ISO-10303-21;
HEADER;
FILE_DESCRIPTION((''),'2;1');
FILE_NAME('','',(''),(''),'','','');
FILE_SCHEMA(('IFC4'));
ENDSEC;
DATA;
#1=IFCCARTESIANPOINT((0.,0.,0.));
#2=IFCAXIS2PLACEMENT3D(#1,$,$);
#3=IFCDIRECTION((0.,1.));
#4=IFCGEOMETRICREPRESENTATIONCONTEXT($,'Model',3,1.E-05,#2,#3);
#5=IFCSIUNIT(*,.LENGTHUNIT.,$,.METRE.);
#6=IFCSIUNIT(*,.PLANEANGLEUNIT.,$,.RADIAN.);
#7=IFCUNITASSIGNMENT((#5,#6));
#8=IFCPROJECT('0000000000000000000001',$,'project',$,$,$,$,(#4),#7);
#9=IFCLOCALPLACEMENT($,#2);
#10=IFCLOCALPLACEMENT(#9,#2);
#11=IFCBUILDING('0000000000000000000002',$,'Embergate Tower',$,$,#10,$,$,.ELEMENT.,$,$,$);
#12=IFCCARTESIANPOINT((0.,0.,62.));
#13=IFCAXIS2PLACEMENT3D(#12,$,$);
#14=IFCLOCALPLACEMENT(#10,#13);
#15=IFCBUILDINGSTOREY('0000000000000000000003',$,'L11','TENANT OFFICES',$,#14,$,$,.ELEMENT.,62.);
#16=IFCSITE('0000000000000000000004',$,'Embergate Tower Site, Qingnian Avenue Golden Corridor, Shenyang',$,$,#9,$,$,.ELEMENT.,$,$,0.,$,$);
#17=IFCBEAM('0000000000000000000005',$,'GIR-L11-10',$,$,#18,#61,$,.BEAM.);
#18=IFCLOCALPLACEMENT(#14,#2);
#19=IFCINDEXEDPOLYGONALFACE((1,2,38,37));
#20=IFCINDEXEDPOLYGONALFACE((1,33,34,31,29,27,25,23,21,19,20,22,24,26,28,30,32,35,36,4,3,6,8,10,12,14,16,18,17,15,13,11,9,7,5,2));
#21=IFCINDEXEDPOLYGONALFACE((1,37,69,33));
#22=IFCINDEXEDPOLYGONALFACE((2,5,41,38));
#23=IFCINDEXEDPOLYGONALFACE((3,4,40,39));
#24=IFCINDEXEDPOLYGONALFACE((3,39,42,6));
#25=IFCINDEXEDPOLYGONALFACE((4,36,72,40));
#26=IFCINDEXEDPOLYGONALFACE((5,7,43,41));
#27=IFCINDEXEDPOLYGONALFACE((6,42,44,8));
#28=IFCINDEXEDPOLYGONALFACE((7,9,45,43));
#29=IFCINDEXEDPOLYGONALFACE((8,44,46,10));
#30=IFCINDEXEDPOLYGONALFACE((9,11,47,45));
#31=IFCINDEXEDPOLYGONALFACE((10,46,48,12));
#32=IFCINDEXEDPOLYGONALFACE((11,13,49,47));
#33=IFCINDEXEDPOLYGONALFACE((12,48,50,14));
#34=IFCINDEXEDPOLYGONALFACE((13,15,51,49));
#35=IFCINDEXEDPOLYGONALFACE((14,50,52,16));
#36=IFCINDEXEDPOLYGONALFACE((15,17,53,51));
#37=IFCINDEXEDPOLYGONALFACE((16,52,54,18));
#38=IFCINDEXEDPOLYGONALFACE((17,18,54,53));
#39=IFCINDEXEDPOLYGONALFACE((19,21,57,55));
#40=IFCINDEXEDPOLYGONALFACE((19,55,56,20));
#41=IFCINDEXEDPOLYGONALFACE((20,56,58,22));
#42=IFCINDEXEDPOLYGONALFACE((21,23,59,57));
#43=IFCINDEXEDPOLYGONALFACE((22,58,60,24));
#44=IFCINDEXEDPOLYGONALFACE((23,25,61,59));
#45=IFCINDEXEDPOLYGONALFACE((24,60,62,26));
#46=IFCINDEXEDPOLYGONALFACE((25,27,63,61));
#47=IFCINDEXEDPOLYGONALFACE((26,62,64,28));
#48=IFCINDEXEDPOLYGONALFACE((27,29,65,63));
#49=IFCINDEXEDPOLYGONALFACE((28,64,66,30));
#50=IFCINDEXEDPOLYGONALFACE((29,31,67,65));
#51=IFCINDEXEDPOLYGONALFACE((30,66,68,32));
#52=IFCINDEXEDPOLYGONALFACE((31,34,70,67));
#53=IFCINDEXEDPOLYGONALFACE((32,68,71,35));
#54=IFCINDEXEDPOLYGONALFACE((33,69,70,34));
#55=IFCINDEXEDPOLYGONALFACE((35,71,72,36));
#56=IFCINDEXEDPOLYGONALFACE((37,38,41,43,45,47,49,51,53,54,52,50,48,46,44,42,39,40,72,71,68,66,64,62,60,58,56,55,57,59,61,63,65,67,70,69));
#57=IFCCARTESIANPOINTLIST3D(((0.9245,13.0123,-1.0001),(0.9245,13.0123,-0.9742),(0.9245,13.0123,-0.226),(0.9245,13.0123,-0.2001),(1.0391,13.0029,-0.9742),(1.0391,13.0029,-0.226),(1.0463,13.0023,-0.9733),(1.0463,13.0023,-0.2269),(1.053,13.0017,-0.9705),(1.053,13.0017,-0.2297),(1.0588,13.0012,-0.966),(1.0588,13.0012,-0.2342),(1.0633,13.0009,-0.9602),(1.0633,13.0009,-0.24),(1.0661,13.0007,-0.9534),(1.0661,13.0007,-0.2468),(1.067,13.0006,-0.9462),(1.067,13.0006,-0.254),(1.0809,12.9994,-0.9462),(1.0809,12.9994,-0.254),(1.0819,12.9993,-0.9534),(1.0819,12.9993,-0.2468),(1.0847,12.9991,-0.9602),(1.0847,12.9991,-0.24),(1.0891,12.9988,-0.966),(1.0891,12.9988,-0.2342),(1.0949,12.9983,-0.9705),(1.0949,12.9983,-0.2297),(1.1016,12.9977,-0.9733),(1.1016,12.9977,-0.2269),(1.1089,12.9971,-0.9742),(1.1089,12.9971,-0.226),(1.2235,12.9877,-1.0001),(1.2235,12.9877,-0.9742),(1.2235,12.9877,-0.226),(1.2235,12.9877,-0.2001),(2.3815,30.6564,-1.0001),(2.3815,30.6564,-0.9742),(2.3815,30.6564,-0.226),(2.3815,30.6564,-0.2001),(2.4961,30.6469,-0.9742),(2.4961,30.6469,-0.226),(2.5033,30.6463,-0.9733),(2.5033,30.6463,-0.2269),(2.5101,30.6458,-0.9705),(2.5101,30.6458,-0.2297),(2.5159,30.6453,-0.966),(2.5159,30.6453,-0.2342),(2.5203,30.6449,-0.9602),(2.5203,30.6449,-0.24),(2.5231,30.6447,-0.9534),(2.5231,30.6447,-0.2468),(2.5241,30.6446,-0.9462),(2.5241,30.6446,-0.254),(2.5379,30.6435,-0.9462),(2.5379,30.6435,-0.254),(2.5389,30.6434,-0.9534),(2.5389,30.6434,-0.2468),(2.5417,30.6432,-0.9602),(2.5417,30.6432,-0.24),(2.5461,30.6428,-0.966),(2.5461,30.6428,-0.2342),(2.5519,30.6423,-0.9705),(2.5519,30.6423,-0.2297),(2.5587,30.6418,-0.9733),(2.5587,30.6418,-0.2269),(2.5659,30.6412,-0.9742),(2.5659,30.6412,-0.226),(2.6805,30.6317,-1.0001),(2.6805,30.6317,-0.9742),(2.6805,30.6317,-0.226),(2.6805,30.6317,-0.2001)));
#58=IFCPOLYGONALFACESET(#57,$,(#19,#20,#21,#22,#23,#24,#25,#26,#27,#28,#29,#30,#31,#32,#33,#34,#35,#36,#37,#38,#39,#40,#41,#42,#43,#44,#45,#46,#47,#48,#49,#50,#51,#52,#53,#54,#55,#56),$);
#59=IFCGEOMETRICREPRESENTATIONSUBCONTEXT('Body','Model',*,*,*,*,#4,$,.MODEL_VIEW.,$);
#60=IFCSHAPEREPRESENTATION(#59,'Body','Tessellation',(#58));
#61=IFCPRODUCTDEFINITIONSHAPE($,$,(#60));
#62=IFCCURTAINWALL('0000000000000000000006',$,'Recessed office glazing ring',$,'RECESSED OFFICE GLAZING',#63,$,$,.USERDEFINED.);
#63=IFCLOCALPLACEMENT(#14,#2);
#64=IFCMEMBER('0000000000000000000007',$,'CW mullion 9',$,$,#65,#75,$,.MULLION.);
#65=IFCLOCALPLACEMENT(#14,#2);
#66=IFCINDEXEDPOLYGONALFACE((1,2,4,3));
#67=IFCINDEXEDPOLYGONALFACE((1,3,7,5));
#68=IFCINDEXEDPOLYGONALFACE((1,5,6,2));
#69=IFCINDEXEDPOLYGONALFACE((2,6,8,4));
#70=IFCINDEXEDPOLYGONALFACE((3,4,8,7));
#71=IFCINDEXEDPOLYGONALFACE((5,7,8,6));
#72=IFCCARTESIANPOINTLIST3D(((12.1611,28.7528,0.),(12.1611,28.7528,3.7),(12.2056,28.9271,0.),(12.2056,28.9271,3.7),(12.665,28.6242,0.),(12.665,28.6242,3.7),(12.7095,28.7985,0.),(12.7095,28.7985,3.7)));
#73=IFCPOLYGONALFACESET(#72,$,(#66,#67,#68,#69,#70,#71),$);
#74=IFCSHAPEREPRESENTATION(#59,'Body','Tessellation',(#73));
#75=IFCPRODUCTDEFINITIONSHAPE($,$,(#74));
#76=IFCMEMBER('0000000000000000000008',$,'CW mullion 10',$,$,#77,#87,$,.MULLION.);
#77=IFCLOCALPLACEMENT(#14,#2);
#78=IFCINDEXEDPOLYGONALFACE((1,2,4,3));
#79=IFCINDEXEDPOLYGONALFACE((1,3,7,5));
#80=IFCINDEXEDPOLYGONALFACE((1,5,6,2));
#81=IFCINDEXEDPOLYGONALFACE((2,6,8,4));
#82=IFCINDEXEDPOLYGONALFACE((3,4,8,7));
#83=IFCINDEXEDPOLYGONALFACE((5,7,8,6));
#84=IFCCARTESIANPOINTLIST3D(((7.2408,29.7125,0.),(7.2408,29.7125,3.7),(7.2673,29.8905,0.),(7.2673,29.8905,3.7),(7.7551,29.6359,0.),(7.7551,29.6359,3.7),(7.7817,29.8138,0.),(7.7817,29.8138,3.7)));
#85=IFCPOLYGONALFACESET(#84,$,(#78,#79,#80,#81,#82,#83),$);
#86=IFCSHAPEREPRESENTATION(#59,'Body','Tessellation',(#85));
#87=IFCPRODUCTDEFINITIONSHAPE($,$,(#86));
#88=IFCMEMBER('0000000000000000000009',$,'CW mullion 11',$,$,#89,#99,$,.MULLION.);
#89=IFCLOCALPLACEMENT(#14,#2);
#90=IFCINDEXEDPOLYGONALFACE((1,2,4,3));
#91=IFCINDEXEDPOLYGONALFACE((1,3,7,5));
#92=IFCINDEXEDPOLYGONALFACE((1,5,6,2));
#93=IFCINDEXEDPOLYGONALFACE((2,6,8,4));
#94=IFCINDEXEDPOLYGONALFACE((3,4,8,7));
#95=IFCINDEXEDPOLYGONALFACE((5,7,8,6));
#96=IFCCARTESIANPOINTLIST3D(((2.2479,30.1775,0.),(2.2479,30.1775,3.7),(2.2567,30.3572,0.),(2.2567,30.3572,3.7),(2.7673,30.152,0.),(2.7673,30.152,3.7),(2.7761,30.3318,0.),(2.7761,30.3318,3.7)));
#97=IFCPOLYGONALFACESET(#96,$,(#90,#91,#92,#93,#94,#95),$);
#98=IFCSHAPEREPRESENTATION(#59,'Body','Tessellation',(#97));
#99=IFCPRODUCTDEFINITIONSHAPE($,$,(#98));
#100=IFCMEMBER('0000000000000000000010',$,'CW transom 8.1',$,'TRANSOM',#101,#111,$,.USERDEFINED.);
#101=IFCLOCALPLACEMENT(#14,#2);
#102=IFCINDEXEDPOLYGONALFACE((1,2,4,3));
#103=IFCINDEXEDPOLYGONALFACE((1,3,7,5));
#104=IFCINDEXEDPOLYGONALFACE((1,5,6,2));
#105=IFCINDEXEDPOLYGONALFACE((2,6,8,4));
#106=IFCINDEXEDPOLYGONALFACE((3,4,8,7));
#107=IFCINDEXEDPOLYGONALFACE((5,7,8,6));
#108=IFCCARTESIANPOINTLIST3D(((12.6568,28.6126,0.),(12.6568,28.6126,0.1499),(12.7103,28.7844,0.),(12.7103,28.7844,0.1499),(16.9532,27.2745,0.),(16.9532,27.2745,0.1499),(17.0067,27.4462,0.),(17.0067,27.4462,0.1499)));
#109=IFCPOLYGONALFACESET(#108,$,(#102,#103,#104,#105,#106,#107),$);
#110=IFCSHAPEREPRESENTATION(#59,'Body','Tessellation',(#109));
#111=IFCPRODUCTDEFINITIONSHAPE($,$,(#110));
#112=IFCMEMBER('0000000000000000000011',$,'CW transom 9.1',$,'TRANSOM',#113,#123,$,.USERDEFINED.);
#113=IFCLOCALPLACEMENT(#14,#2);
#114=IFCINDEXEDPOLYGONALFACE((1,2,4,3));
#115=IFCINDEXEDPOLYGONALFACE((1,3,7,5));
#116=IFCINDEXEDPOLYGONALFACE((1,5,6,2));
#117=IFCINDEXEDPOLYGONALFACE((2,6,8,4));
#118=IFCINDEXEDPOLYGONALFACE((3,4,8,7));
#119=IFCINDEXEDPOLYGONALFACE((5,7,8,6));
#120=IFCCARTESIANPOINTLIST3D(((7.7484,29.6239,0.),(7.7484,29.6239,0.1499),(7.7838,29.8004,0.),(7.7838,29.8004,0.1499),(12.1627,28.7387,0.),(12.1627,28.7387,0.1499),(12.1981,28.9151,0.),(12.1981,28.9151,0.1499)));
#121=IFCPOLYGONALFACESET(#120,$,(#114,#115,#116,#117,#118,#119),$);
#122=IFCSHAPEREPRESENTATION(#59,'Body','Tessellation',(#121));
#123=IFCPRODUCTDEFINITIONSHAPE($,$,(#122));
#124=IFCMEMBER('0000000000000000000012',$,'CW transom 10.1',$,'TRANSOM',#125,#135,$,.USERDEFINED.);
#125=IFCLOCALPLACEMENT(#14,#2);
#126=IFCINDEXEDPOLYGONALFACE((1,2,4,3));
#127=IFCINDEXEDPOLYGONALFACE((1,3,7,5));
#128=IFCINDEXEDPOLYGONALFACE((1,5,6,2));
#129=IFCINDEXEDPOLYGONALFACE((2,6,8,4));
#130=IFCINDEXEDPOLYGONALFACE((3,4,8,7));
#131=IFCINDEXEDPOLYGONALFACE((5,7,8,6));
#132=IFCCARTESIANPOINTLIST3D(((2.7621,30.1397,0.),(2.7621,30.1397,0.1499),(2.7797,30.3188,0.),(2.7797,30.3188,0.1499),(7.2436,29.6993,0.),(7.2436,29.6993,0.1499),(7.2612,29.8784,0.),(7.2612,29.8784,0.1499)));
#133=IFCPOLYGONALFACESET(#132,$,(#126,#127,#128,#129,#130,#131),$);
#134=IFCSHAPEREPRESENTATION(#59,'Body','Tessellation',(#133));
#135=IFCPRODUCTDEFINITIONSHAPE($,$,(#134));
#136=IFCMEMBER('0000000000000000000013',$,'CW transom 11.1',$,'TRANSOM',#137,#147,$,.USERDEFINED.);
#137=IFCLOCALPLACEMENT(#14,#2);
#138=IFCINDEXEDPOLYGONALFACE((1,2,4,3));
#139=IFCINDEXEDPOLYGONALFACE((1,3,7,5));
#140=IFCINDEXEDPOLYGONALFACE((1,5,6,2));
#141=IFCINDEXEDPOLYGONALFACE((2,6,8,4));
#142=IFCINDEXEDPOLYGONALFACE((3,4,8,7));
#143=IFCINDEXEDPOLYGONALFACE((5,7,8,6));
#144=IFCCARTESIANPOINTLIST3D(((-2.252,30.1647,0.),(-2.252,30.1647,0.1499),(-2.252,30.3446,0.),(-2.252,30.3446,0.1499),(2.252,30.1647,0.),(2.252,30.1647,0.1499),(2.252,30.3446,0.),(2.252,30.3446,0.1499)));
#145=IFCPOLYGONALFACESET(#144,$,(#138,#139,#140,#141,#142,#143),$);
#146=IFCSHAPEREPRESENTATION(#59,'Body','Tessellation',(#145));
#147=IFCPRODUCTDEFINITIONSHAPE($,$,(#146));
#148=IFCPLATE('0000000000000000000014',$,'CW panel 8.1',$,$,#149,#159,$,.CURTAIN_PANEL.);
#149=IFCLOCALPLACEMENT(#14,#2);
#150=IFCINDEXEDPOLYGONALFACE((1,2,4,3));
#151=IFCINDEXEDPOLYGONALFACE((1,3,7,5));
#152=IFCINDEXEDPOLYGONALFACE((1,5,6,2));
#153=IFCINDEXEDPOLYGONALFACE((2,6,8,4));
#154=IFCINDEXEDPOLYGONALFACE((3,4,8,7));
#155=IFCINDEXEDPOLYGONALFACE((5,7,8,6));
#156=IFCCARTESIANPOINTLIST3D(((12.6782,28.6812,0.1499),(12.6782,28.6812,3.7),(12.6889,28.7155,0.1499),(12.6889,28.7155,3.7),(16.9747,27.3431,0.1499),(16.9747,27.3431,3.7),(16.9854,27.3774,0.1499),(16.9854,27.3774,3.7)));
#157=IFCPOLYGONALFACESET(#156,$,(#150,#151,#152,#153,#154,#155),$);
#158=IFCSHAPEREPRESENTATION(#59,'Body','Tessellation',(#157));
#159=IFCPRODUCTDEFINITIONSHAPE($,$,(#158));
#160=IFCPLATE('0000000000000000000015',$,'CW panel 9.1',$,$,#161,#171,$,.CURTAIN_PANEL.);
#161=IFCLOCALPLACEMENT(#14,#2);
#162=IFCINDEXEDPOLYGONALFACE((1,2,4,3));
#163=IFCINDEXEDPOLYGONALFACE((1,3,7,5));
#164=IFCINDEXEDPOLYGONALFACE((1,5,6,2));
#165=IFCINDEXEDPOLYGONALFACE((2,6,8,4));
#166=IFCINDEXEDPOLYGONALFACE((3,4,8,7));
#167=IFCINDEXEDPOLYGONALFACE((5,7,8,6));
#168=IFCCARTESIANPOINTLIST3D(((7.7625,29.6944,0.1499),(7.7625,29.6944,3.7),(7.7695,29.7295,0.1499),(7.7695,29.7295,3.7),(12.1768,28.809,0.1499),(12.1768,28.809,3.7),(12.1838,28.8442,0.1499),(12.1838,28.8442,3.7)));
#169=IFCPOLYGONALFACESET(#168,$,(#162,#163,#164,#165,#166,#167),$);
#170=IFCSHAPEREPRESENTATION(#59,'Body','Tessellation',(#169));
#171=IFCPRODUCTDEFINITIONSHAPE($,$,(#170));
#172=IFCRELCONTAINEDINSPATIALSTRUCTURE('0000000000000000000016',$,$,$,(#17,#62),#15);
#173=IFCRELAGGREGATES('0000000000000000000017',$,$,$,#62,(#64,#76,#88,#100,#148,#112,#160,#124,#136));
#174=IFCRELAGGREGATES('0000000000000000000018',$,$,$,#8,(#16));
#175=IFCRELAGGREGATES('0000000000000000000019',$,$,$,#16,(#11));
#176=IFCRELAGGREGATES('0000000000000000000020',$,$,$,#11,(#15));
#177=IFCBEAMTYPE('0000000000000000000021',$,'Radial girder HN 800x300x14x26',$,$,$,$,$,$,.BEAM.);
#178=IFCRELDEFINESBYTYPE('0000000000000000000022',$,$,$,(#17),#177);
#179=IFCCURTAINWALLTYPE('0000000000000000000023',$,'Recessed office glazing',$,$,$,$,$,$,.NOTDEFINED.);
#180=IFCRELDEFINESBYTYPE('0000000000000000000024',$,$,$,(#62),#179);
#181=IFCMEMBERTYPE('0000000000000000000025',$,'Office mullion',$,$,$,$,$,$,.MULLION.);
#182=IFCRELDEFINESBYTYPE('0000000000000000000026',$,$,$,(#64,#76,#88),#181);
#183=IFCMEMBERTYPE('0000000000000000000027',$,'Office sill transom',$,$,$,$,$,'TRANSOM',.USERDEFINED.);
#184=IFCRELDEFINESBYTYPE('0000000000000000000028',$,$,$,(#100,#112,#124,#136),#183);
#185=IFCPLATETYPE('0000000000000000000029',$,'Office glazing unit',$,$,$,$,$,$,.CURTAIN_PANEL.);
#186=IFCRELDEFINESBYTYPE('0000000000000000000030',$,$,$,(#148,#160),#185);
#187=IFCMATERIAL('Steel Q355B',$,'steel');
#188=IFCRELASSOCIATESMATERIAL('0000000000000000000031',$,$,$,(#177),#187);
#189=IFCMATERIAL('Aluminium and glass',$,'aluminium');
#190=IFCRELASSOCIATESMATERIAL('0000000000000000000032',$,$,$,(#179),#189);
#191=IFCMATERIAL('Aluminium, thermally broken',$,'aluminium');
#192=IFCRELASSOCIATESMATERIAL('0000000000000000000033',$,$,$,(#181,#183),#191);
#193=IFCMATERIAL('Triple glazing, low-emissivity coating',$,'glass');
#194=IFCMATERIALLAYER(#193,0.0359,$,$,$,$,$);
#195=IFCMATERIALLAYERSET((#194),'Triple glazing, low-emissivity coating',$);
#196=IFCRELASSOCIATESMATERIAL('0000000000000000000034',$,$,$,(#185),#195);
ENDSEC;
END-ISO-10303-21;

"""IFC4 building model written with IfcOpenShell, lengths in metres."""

from ifc_helpers import new_model, si_unit, direction, frame, origin, origin_2d, place, context, subcontext, project, spatial, rectangle, i_section, extrude, source, transform, mapped, material, layer, layer_set, material_profile, profile_set, type_object, element, aggregate, save


model = new_model("IFC4")

# Units and contexts
model_context = context("Model", 3, precision=1e-05, world=origin(), true_north=direction((0.0, 1.0)))
body_context = subcontext(model_context, "Body", "Model", "MODEL_VIEW")
ifc_project = project(units=[si_unit("LENGTHUNIT", "METRE"), si_unit("PLANEANGLEUNIT", "RADIAN")], contexts=[model_context])

# Site, building, storey
site_placement = place(None, origin())
site = spatial("IfcSite", under=ifc_project, at=site_placement, Name="Embergate Tower Site, Qingnian Avenue Golden Corridor, Shenyang", CompositionType="ELEMENT", RefElevation=0.0)
building_placement = place(site_placement, origin())
building = spatial("IfcBuilding", under=site, at=building_placement, Name="Embergate Tower", CompositionType="ELEMENT")
storey_placement = place(building_placement, frame((0.0, 0.0, 62.0)))
storey = spatial("IfcBuildingStorey", under=building, at=storey_placement, Name="L11", Description="TENANT OFFICES", CompositionType="ELEMENT", Elevation=62.0)

# Beam
ifc_material_1 = material(Name="Steel Q355B", Category="steel")
ifc_material_profile_1 = material_profile(ifc_material_1, i_section(OverallWidth=0.3, OverallDepth=0.8, WebThickness=0.0139, FlangeThickness=0.0259, FilletRadius=0.0281, at=origin_2d()), Name="HN 800x300x14x26")
ifc_profile_set_1 = profile_set([ifc_material_profile_1], Name="Steel Q355 grade B")
beam_type_1 = type_object("IfcBeamType", Name="Radial girder HN 800x300x14x26", PredefinedType="BEAM", material=ifc_profile_set_1)
shared_shape_1 = source(origin(), body_context, "Body", "SweptSolid", [
    extrude(i_section(OverallWidth=0.3, OverallDepth=0.8, WebThickness=0.0139, FlangeThickness=0.0259, FilletRadius=0.0281, at=origin_2d()), origin(), (0.0, 0.0, 1.0), 17.7041),
])
beam_1_placement = place(storey_placement, frame((2.531, 30.644, -0.6001), z_axis=(-0.082299, -0.996608, 0.0), x_axis=(0.996608, -0.082299, 0.0)))
element("IfcBeam", 1, at=beam_1_placement, inside=storey, type_object=beam_type_1, Name="GIR-L11-10", PredefinedType="BEAM", context=body_context, shape_type="MappedRepresentation", body=[
    mapped(shared_shape_1, transform((0.0, 0.0, 0.0))),
])

# Curtain wall, members, plates
ifc_material_2 = material(Name="Aluminium and glass", Category="aluminium")
curtain_wall_type = type_object("IfcCurtainWallType", Name="Recessed office glazing", PredefinedType="NOTDEFINED", material=ifc_material_2)
curtain_wall_placement = place(storey_placement, origin())
curtain_wall = element("IfcCurtainWall", 2, at=curtain_wall_placement, inside=storey, type_object=curtain_wall_type, Name="Recessed office glazing ring", ObjectType="RECESSED OFFICE GLAZING", PredefinedType="USERDEFINED")
ifc_material_3 = material(Name="Aluminium, thermally broken", Category="aluminium")
ifc_material_profile_2 = material_profile(ifc_material_3, rectangle(XDim=0.1799, YDim=0.52, at=origin_2d()), Name="AL 520x180")
ifc_profile_set_2 = profile_set([ifc_material_profile_2], Name="Aluminium, thermally broken")
member_type_1 = type_object("IfcMemberType", Name="Office mullion", PredefinedType="MULLION", material=ifc_profile_set_2)
shared_shape_2 = source(origin(), body_context, "Body", "SweptSolid", [
    extrude(rectangle(XDim=0.1799, YDim=0.52, at=origin_2d()), origin(), (0.0, 0.0, 1.0), 3.7),
])
member_1_placement = place(storey_placement, frame((12.4353, 28.7756, 0.0), z_axis=(0.0, 0.0, 1.0), x_axis=(-0.247319, -0.968934, 0.0)))
member_1 = element("IfcMember", 3, at=member_1_placement, type_object=member_type_1, Name="CW mullion 9", PredefinedType="MULLION", context=body_context, shape_type="MappedRepresentation", body=[
    mapped(shared_shape_2, transform((0.0, 0.0, 0.0))),
])
member_2_placement = place(storey_placement, frame((7.5112, 29.7632, 0.0), z_axis=(0.0, 0.0, 1.0), x_axis=(-0.147416, -0.989075, 0.0)))
member_2 = element("IfcMember", 4, at=member_2_placement, type_object=member_type_1, Name="CW mullion 10", PredefinedType="MULLION", context=body_context, shape_type="MappedRepresentation", body=[
    mapped(shared_shape_2, transform((0.0, 0.0, 0.0))),
])
member_3_placement = place(storey_placement, frame((2.512, 30.2546, 0.0), z_axis=(0.0, 0.0, 1.0), x_axis=(-0.048972, -0.9988, 0.0)))
member_3 = element("IfcMember", 5, at=member_3_placement, type_object=member_type_1, Name="CW mullion 11", PredefinedType="MULLION", context=body_context, shape_type="MappedRepresentation", body=[
    mapped(shared_shape_2, transform((0.0, 0.0, 0.0))),
])
ifc_material_profile_3 = material_profile(ifc_material_3, rectangle(XDim=0.1799, YDim=0.1499, at=origin_2d()), Name="AL 150x180")
ifc_profile_set_3 = profile_set([ifc_material_profile_3], Name="Aluminium, thermally broken")
member_type_2 = type_object("IfcMemberType", Name="Office sill transom", ElementType="TRANSOM", PredefinedType="USERDEFINED", material=ifc_profile_set_3)
shared_shape_3 = source(origin(), body_context, "Body", "SweptSolid", [
    extrude(rectangle(XDim=0.1799, YDim=0.1499, at=origin_2d()), origin(), (0.0, 0.0, 1.0), 4.5),
])
member_4_placement = place(storey_placement, frame((16.98, 27.3604, 0.075), z_axis=(-0.954763, 0.297367, 0.0), x_axis=(-0.297367, -0.954763, 0.0)))
member_4 = element("IfcMember", 6, at=member_4_placement, type_object=member_type_2, Name="CW transom 8.1", ObjectType="TRANSOM", PredefinedType="USERDEFINED", context=body_context, shape_type="MappedRepresentation", body=[
    mapped(shared_shape_3, transform((0.0, 0.0, 0.0))),
])
shared_shape_4 = source(origin(), body_context, "Body", "SweptSolid", [
    extrude(rectangle(XDim=0.1799, YDim=0.1499, at=origin_2d()), origin(), (0.0, 0.0, 1.0), 4.5022),
])
member_5_placement = place(storey_placement, frame((12.1804, 28.8269, 0.075), z_axis=(-0.980478, 0.196627, 0.0), x_axis=(-0.196627, -0.980478, 0.0)))
member_5 = element("IfcMember", 7, at=member_5_placement, type_object=member_type_2, Name="CW transom 9.1", ObjectType="TRANSOM", PredefinedType="USERDEFINED", context=body_context, shape_type="MappedRepresentation", body=[
    mapped(shared_shape_4, transform((0.0, 0.0, 0.0))),
])
shared_shape_5 = source(origin(), body_context, "Body", "SweptSolid", [
    extrude(rectangle(XDim=0.1799, YDim=0.1499, at=origin_2d()), origin(), (0.0, 0.0, 1.0), 4.5032),
])
member_6_placement = place(storey_placement, frame((7.2524, 29.7888, 0.075), z_axis=(-0.995206, 0.097802, 0.0), x_axis=(-0.097802, -0.995206, 0.0)))
member_6 = element("IfcMember", 8, at=member_6_placement, type_object=member_type_2, Name="CW transom 10.1", ObjectType="TRANSOM", PredefinedType="USERDEFINED", context=body_context, shape_type="MappedRepresentation", body=[
    mapped(shared_shape_5, transform((0.0, 0.0, 0.0))),
])
shared_shape_6 = source(origin(), body_context, "Body", "SweptSolid", [
    extrude(rectangle(XDim=0.1799, YDim=0.1499, at=origin_2d()), origin(), (0.0, 0.0, 1.0), 4.5039),
])
member_7_placement = place(storey_placement, frame((2.252, 30.2546, 0.075), z_axis=(-1.0, 0.0, 0.0), x_axis=(0.0, -1.0, 0.0)))
member_7 = element("IfcMember", 9, at=member_7_placement, type_object=member_type_2, Name="CW transom 11.1", ObjectType="TRANSOM", PredefinedType="USERDEFINED", context=body_context, shape_type="MappedRepresentation", body=[
    mapped(shared_shape_6, transform((0.0, 0.0, 0.0))),
])
ifc_material_4 = material(Name="Triple glazing, low-emissivity coating", Category="glass")
ifc_layer_1 = layer(ifc_material_4, 0.0359)
ifc_layer_set_1 = layer_set([ifc_layer_1], Name="Triple glazing, low-emissivity coating")
plate_type = type_object("IfcPlateType", Name="Office glazing unit", PredefinedType="CURTAIN_PANEL", material=ifc_layer_set_1)
shared_shape_7 = source(origin(), body_context, "Body", "SweptSolid", [
    extrude(rectangle(XDim=4.5, YDim=0.0359, at=origin_2d()), origin(), (0.0, 0.0, 1.0), 3.55),
])
plate_1_placement = place(storey_placement, frame((14.8318, 28.0293, 0.1499), z_axis=(0.0, 0.0, 1.0), x_axis=(-0.95477, 0.297345, 0.0)))
plate_1 = element("IfcPlate", 10, at=plate_1_placement, type_object=plate_type, Name="CW panel 8.1", PredefinedType="CURTAIN_PANEL", context=body_context, shape_type="MappedRepresentation", body=[
    mapped(shared_shape_7, transform((0.0, 0.0, 0.0))),
])
shared_shape_8 = source(origin(), body_context, "Body", "SweptSolid", [
    extrude(rectangle(XDim=4.5022, YDim=0.0359, at=origin_2d()), origin(), (0.0, 0.0, 1.0), 3.55),
])
plate_2_placement = place(storey_placement, frame((9.9731, 29.2693, 0.1499), z_axis=(0.0, 0.0, 1.0), x_axis=(-0.980475, 0.196644, 0.0)))
plate_2 = element("IfcPlate", 11, at=plate_2_placement, type_object=plate_type, Name="CW panel 9.1", PredefinedType="CURTAIN_PANEL", context=body_context, shape_type="MappedRepresentation", body=[
    mapped(shared_shape_8, transform((0.0, 0.0, 0.0))),
])
aggregate(curtain_wall, [member_1, member_2, member_3, member_4, plate_1, member_5, plate_2, member_6, member_7])

save(model, "model.ifc")
